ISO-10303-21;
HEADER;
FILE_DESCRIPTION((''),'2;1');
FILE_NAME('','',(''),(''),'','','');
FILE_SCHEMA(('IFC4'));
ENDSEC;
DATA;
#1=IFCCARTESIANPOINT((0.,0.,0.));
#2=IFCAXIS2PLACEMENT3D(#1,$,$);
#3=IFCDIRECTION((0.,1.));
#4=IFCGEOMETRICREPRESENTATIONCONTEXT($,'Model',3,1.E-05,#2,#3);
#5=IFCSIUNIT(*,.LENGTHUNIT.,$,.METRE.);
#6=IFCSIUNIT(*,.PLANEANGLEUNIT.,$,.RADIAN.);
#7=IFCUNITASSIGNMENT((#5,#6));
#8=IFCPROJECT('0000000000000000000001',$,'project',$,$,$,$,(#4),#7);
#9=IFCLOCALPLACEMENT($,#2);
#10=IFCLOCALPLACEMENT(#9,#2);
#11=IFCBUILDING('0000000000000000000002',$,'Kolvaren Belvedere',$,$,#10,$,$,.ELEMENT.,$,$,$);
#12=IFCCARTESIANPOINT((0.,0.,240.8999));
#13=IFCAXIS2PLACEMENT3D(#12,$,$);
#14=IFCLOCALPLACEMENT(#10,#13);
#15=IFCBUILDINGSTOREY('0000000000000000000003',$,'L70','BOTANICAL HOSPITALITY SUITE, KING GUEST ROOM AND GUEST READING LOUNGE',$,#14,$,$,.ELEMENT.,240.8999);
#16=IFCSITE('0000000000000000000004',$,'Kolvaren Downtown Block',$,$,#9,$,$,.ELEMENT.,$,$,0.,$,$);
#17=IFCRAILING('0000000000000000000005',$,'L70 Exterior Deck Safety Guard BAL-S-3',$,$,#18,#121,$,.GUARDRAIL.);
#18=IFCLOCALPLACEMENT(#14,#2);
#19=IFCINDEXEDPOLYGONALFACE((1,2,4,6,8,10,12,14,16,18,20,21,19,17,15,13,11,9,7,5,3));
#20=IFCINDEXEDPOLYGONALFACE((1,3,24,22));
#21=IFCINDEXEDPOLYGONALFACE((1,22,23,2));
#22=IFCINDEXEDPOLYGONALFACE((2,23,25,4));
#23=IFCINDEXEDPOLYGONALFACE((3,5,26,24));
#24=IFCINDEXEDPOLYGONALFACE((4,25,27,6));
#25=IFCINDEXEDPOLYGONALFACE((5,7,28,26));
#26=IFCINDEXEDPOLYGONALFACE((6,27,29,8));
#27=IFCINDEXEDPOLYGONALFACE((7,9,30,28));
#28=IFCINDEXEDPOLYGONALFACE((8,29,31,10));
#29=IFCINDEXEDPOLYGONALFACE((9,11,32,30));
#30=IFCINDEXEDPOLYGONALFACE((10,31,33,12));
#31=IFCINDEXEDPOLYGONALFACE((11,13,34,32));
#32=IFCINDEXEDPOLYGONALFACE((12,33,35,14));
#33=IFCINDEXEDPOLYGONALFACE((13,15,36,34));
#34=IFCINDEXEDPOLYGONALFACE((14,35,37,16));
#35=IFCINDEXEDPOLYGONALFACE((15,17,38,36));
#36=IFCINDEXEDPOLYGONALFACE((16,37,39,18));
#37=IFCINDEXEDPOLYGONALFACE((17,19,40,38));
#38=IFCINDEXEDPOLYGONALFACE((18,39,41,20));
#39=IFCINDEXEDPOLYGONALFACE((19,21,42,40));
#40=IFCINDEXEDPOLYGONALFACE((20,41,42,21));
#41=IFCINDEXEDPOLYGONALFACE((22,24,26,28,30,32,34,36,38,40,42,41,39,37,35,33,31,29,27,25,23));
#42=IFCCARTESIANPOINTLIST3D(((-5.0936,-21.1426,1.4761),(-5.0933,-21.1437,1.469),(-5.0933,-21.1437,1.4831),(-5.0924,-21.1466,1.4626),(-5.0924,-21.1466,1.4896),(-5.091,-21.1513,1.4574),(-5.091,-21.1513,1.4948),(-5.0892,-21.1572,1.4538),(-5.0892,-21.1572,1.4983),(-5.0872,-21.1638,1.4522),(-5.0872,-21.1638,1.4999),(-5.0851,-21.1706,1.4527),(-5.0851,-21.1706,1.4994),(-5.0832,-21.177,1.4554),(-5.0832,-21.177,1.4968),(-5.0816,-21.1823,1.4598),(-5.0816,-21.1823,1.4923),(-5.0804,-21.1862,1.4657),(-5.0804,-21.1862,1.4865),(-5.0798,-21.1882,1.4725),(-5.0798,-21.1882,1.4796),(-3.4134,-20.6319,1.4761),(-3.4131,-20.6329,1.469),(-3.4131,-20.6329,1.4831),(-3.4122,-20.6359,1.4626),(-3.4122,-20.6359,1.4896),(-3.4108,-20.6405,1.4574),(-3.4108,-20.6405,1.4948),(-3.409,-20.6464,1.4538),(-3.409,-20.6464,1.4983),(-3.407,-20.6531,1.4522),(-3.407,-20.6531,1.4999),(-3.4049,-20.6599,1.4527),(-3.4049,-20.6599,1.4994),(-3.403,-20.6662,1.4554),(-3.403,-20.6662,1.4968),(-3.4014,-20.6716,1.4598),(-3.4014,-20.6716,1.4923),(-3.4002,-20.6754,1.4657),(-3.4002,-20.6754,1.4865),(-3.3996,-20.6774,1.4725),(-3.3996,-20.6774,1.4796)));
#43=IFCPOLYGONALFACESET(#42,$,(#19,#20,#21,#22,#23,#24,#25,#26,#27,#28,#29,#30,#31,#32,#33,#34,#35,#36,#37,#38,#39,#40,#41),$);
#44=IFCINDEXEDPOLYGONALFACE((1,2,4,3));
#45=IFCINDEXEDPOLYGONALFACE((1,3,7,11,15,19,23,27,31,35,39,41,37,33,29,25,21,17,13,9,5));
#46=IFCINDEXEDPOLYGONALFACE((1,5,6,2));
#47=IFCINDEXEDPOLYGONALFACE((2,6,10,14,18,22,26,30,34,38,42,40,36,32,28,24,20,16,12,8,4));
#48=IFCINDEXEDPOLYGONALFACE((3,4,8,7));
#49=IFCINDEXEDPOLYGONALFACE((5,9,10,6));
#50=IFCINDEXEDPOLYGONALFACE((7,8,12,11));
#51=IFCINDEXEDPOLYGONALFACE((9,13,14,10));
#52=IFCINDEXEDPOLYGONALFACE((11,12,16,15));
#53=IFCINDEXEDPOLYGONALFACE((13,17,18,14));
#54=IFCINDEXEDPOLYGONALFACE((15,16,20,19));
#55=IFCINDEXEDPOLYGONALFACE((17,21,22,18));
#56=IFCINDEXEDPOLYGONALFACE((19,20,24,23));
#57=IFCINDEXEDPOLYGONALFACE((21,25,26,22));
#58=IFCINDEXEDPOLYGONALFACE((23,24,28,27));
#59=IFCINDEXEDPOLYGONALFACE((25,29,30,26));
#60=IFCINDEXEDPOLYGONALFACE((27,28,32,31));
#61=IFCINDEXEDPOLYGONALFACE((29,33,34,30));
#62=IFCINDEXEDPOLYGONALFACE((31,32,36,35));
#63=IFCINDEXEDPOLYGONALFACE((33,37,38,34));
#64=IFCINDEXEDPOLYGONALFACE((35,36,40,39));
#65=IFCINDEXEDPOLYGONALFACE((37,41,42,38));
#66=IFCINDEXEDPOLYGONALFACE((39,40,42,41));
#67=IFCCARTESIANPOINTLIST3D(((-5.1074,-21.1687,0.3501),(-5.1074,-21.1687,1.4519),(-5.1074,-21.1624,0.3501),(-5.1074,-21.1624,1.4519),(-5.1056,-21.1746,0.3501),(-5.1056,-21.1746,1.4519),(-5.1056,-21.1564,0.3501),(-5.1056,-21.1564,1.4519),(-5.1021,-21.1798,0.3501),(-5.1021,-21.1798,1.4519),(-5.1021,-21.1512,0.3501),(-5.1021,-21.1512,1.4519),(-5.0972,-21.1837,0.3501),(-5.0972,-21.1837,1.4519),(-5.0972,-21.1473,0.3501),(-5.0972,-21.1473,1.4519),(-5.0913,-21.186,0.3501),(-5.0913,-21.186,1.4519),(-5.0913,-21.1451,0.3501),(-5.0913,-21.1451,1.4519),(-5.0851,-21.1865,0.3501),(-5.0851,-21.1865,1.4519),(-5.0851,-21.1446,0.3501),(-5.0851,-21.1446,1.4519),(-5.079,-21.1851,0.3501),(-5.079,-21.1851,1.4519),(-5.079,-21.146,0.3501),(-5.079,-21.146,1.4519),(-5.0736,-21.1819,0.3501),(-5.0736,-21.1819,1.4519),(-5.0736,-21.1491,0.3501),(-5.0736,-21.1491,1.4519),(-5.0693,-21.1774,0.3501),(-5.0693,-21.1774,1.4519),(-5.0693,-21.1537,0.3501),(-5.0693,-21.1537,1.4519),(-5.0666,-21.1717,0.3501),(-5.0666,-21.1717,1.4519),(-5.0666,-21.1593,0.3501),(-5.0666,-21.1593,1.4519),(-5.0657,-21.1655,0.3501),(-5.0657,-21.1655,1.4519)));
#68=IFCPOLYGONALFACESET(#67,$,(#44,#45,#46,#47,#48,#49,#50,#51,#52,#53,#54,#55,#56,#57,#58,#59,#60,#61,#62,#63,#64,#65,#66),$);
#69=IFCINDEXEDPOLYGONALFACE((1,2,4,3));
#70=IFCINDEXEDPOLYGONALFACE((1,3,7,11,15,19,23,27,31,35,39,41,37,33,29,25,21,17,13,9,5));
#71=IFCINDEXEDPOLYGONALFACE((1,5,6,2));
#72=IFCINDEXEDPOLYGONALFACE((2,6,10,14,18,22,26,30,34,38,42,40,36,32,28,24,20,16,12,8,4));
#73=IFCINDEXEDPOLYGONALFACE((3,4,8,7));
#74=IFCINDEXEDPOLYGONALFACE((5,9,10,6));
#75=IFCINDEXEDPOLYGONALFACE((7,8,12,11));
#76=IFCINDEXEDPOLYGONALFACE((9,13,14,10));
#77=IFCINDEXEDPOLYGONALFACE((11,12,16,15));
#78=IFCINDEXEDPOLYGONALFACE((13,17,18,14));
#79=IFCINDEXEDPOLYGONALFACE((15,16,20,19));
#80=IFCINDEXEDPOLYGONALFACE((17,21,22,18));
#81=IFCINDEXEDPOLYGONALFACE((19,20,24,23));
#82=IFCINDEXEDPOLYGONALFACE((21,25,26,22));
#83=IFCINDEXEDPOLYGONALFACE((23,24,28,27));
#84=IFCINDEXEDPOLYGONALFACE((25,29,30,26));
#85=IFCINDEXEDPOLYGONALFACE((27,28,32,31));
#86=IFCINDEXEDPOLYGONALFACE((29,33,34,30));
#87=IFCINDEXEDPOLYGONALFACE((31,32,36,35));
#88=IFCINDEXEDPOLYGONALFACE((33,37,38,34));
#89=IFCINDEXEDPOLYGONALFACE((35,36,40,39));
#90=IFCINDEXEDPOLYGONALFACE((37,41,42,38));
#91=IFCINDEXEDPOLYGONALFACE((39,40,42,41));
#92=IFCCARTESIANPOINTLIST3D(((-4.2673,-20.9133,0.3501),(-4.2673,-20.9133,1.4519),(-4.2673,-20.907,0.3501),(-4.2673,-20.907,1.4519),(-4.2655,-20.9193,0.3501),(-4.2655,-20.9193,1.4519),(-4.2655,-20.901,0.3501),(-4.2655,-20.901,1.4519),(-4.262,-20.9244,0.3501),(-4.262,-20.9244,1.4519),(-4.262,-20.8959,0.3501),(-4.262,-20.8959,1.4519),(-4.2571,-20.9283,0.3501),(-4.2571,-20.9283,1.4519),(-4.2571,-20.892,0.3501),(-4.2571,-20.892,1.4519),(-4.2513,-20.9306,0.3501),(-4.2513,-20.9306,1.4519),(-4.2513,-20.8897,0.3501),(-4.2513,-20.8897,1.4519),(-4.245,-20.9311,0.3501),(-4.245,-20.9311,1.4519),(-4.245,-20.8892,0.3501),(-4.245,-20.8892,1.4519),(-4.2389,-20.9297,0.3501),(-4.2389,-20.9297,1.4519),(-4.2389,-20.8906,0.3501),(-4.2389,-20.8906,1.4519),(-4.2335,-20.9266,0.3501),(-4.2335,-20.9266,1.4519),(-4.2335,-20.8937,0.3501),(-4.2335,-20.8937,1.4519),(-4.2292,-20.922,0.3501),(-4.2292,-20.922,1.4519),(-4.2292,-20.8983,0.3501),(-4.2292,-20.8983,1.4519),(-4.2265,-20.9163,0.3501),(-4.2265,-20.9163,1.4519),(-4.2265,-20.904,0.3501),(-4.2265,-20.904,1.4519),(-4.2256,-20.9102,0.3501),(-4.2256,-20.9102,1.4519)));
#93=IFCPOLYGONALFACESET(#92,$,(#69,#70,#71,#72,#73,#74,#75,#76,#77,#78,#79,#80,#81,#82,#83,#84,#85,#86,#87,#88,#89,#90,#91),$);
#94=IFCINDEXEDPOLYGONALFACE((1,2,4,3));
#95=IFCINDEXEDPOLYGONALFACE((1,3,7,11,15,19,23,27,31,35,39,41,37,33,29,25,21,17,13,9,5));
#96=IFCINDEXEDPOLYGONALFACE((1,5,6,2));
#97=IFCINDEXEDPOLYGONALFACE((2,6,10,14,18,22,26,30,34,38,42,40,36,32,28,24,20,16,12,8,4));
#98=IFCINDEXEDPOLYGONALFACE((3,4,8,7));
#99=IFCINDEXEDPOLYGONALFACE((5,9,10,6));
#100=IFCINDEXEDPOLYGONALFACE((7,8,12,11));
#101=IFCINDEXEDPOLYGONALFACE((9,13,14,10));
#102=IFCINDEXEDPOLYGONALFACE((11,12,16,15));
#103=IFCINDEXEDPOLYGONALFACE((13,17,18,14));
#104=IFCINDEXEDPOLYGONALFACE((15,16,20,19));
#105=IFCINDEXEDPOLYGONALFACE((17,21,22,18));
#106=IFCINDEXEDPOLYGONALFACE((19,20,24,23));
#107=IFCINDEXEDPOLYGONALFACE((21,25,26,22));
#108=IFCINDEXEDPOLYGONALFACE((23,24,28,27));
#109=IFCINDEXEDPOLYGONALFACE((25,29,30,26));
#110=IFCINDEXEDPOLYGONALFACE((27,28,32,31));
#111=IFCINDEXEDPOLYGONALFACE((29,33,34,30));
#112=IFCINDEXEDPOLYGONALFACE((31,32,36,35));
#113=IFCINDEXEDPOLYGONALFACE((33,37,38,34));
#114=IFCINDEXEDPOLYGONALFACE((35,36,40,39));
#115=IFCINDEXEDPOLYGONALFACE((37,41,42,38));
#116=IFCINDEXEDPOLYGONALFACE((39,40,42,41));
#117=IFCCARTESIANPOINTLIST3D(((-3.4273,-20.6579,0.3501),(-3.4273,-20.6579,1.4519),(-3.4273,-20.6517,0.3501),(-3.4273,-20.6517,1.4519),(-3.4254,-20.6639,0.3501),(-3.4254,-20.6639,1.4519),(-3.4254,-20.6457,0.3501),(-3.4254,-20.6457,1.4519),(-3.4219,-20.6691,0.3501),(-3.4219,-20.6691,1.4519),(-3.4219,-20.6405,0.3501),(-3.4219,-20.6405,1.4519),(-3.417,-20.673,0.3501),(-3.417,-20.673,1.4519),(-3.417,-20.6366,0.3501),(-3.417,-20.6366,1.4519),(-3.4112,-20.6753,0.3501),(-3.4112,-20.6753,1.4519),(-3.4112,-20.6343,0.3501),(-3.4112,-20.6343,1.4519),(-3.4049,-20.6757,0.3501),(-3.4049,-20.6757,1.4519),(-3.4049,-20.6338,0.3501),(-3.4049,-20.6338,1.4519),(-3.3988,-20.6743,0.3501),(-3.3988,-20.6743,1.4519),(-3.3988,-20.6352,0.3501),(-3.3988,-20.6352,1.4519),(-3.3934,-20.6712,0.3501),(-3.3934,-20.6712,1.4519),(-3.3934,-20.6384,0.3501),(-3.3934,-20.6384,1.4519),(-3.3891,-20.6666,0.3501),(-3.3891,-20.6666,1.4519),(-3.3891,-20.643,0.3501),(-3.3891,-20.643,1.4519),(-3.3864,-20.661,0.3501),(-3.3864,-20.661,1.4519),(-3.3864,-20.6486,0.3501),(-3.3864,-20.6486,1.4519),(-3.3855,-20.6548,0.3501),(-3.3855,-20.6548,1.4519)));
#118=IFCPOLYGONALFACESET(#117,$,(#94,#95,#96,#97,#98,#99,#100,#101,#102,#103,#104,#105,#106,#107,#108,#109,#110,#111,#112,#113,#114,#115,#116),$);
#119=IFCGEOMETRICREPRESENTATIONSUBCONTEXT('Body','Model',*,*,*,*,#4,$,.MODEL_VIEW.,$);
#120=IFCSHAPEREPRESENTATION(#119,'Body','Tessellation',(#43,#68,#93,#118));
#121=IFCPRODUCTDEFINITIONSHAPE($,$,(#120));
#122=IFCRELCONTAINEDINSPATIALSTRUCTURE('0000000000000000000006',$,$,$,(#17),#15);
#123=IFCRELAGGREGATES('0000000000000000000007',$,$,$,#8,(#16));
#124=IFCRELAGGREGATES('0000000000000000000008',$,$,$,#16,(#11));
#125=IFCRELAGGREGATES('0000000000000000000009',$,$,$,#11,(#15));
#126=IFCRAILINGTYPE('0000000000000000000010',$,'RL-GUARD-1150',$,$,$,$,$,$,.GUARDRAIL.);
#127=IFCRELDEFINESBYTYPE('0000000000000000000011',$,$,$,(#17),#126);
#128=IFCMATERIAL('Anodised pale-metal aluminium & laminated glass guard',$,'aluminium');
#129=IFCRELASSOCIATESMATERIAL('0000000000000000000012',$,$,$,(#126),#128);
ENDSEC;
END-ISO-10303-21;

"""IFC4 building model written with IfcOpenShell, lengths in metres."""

from ifc_helpers import new_model, si_unit, direction, frame, origin, origin_2d, place, context, subcontext, project, spatial, circle, extrude, material, type_object, element, save


model = new_model("IFC4")

# Units and contexts
model_context = context("Model", 3, precision=1e-05, world=origin(), true_north=direction((0.0, 1.0)))
body_context = subcontext(model_context, "Body", "Model", "MODEL_VIEW")
ifc_project = project(units=[si_unit("LENGTHUNIT", "METRE"), si_unit("PLANEANGLEUNIT", "RADIAN")], contexts=[model_context])

# Site, building, storey
site_placement = place(None, origin())
site = spatial("IfcSite", under=ifc_project, at=site_placement, Name="Kolvaren Downtown Block", CompositionType="ELEMENT", RefElevation=0.0)
building_placement = place(site_placement, origin())
building = spatial("IfcBuilding", under=site, at=building_placement, Name="Kolvaren Belvedere", CompositionType="ELEMENT")
storey_placement = place(building_placement, frame((0.0, 0.0, 240.8999)))
storey = spatial("IfcBuildingStorey", under=building, at=storey_placement, Name="L70", Description="BOTANICAL HOSPITALITY SUITE, KING GUEST ROOM AND GUEST READING LOUNGE", CompositionType="ELEMENT", Elevation=240.8999)

# Railing
ifc_material_1 = material(Name="Anodised pale-metal aluminium & laminated glass guard", Category="aluminium")
railing_type = type_object("IfcRailingType", Name="RL-GUARD-1150", PredefinedType="GUARDRAIL", material=ifc_material_1)
railing_1_placement = place(storey_placement, frame((-5.0867, -21.1655, 0.3501)))
element("IfcRailing", 1, at=railing_1_placement, inside=storey, type_object=railing_type, Name="L70 Exterior Deck Safety Guard BAL-S-3", PredefinedType="GUARDRAIL", context=body_context, shape_type="SweptSolid", body=[
    extrude(circle(Radius=0.0239, at=origin_2d()), frame((0.0, 0.0, 1.126), z_axis=(0.956771, 0.290841, 0.0), x_axis=(-0.290841, 0.956771, 0.0)), (0.0, 0.0, 1.0), 1.7561),
    extrude(circle(Radius=0.021, at=origin_2d()), origin(), (0.0, 0.0, 1.0), 1.1018),
    extrude(circle(Radius=0.021, at=origin_2d()), frame((0.8401, 0.2554, 0.0)), (0.0, 0.0, 1.0), 1.1018),
    extrude(circle(Radius=0.021, at=origin_2d()), frame((1.6802, 0.5107, 0.0)), (0.0, 0.0, 1.0), 1.1018),
])

save(model, "model.ifc")
